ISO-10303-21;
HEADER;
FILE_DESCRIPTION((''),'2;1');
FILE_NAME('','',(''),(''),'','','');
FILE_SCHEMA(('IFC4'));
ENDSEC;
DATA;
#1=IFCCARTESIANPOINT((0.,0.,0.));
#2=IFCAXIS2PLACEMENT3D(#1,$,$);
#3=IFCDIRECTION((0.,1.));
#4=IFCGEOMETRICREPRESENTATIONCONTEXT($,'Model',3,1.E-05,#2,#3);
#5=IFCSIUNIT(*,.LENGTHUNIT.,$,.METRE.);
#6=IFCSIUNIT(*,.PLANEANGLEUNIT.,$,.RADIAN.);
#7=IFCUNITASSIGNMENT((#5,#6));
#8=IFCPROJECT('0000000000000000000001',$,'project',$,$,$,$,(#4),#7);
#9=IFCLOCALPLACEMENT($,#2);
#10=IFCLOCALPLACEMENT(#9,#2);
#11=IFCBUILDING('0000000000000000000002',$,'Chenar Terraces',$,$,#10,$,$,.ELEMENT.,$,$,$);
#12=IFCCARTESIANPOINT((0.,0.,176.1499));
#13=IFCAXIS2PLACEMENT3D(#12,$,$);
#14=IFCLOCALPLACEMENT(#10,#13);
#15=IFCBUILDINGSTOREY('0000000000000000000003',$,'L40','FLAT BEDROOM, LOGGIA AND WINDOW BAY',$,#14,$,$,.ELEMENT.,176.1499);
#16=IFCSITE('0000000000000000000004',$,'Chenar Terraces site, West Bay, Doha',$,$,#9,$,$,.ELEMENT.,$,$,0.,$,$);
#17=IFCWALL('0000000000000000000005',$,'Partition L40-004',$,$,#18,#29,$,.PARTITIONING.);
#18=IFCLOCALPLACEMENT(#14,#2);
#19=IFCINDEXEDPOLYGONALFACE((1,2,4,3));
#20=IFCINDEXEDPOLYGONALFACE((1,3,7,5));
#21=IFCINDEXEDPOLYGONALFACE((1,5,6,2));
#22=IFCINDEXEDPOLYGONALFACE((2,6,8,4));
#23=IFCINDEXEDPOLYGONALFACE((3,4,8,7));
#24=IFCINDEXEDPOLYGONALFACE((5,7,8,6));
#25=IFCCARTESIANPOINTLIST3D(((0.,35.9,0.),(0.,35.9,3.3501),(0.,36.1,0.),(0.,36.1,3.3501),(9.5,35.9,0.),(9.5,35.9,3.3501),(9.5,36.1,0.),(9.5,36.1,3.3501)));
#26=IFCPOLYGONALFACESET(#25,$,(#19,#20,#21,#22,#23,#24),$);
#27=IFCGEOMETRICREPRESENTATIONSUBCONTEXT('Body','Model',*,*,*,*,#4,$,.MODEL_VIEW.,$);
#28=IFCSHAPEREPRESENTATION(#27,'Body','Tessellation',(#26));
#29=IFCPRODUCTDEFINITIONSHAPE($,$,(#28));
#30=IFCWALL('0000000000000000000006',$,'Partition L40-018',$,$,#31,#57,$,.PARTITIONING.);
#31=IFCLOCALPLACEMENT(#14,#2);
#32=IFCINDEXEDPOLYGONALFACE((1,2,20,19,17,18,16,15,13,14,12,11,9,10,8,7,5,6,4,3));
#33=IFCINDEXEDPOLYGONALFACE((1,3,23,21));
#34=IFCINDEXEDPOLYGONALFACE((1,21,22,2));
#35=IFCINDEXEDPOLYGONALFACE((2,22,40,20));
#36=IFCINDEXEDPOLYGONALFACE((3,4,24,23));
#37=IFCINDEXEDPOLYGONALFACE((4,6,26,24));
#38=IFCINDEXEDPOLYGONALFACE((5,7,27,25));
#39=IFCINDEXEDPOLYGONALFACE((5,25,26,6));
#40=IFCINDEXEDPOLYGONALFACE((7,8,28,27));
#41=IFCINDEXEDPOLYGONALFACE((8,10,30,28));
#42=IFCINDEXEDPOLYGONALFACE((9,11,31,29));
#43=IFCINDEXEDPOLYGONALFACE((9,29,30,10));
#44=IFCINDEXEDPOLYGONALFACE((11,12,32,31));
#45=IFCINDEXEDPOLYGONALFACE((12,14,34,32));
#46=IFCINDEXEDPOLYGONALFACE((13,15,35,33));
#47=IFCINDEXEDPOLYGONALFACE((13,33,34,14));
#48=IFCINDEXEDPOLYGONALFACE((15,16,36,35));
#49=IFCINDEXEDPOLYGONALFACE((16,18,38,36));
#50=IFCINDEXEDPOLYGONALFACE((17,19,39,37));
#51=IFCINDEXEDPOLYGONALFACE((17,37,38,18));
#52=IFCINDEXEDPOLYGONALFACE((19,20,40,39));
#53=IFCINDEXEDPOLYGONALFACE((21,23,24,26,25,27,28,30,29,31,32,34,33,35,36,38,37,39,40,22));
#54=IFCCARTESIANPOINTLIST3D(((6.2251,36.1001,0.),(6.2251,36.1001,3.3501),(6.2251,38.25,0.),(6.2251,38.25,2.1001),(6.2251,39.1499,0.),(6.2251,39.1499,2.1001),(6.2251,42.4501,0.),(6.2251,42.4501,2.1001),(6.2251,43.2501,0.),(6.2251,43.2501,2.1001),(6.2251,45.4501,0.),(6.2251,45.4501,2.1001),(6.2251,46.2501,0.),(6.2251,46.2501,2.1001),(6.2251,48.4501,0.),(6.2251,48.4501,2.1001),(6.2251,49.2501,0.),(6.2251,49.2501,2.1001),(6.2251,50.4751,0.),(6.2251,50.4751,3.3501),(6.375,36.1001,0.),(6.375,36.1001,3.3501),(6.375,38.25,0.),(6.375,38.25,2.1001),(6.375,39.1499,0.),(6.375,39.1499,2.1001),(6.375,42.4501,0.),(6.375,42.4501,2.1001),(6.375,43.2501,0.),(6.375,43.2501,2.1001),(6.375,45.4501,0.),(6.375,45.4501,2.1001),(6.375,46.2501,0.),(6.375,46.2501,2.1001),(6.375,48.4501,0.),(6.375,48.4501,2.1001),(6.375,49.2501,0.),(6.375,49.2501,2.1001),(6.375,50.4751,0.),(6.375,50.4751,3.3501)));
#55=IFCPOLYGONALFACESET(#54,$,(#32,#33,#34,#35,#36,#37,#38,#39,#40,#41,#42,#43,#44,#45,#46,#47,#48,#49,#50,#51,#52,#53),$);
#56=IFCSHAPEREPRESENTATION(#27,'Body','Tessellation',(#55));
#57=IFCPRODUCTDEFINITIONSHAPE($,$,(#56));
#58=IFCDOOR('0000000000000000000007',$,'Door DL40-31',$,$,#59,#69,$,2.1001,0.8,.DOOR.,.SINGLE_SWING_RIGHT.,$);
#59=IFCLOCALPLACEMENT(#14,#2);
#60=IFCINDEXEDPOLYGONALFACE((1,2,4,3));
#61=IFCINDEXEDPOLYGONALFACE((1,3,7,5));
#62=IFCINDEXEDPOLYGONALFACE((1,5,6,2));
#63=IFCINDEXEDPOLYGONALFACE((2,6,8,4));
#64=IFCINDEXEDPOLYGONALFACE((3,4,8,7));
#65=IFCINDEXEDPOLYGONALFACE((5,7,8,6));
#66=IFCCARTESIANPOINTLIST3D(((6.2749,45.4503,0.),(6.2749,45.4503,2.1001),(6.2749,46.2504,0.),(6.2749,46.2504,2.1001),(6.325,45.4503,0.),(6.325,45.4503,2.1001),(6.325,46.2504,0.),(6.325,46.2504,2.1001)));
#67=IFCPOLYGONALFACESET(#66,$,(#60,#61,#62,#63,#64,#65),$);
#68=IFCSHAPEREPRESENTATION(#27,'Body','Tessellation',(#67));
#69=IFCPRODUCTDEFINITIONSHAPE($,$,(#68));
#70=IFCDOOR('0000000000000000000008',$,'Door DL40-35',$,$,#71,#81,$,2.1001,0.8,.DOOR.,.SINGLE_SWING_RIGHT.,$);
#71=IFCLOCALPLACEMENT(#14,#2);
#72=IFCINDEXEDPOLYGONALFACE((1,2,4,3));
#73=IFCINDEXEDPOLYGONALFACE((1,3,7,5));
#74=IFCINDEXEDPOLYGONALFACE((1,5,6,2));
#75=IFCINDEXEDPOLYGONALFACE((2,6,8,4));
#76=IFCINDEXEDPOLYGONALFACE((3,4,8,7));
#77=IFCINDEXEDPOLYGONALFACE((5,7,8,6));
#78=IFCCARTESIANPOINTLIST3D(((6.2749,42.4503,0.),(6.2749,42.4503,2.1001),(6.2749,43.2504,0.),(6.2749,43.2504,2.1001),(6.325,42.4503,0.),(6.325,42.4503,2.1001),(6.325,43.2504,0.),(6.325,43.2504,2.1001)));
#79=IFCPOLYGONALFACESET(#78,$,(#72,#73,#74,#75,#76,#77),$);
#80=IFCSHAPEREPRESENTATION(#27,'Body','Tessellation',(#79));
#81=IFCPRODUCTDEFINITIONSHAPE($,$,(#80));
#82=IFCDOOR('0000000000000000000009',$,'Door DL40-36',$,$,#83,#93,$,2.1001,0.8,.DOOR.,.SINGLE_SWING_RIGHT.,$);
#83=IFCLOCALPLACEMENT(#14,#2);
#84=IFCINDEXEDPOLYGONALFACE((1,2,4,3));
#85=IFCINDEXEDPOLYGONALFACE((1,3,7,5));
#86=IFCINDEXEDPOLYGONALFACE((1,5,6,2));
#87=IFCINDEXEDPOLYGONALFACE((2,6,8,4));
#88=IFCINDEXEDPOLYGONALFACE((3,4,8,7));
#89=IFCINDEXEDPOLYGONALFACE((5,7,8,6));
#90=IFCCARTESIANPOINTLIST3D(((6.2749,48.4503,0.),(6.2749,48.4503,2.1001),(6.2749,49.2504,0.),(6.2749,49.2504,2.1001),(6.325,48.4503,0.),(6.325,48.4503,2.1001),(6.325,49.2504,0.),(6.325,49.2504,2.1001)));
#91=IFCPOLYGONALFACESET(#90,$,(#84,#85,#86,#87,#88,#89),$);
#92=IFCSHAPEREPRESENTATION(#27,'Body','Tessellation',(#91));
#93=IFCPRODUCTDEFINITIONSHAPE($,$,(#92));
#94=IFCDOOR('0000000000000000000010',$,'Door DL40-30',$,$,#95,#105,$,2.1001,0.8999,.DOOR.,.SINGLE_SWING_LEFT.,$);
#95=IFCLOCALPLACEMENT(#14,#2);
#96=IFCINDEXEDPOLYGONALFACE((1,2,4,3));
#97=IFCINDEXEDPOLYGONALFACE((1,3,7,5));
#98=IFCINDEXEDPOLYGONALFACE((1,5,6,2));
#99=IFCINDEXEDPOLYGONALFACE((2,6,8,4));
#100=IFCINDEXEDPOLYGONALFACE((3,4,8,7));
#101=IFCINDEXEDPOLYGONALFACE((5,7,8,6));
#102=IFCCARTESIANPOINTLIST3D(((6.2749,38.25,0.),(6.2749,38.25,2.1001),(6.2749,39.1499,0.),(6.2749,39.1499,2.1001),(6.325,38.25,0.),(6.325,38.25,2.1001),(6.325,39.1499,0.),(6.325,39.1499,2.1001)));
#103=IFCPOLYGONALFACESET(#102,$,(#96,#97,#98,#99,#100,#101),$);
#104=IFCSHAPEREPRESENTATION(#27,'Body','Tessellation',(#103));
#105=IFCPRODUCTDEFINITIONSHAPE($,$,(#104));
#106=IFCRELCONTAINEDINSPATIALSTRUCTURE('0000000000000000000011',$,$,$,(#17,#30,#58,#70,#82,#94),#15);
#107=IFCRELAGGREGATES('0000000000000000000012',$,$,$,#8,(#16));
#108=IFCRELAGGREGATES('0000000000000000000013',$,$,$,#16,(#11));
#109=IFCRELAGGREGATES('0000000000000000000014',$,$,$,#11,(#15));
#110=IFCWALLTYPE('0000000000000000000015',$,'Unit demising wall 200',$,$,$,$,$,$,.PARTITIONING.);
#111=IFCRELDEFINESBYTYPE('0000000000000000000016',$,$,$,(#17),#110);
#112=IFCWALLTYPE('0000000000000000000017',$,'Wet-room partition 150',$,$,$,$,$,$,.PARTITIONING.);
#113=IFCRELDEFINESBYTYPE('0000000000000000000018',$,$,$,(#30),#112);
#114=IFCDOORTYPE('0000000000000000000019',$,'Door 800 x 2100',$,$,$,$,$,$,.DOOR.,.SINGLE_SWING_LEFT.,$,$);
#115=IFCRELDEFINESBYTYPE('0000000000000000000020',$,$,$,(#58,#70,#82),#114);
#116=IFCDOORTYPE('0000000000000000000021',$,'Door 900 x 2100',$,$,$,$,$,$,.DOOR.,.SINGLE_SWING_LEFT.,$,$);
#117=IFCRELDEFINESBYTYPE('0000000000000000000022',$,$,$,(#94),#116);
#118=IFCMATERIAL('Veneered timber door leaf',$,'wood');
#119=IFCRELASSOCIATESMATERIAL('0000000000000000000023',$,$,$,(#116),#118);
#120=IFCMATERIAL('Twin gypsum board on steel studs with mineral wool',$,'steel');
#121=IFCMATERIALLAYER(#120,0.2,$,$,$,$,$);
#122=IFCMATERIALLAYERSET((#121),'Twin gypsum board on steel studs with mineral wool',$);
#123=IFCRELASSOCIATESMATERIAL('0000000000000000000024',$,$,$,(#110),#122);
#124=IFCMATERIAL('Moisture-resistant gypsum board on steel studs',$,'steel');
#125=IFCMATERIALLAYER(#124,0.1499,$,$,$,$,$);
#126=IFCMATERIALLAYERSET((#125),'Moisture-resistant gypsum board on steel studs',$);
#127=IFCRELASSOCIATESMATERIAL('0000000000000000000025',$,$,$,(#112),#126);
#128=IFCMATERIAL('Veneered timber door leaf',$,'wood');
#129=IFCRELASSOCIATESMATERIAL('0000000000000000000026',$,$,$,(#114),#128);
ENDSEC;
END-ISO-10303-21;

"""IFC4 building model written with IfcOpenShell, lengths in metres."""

from ifc_helpers import new_model, si_unit, direction, frame, frame_2d, origin, place, context, subcontext, project, spatial, rectangle, extrude, material, layer, layer_set, type_object, element, fill, save


model = new_model("IFC4")

# Units and contexts
model_context = context("Model", 3, precision=1e-05, world=origin(), true_north=direction((0.0, 1.0)))
body_context = subcontext(model_context, "Body", "Model", "MODEL_VIEW")
ifc_project = project(units=[si_unit("LENGTHUNIT", "METRE"), si_unit("PLANEANGLEUNIT", "RADIAN")], contexts=[model_context])

# Site, building, storey
site_placement = place(None, origin())
site = spatial("IfcSite", under=ifc_project, at=site_placement, Name="Chenar Terraces site, West Bay, Doha", CompositionType="ELEMENT", RefElevation=0.0)
building_placement = place(site_placement, origin())
building = spatial("IfcBuilding", under=site, at=building_placement, Name="Chenar Terraces", CompositionType="ELEMENT")
storey_placement = place(building_placement, frame((0.0, 0.0, 176.1499)))
storey = spatial("IfcBuildingStorey", under=building, at=storey_placement, Name="L40", Description="FLAT BEDROOM, LOGGIA AND WINDOW BAY", CompositionType="ELEMENT", Elevation=176.1499)

# Shared definitions
placement = place(storey_placement, frame((0.0, 36.0, 0.0), z_axis=(0.0, 0.0, 1.0), x_axis=(1.0, 0.0, 0.0)))

# Shared definitions
ifc_material_1 = material(Name="Veneered timber door leaf", Category="wood")
door_type_1 = type_object("IfcDoorType", Name="Door 900 x 2100", OperationType="SINGLE_SWING_LEFT", PredefinedType="DOOR", material=ifc_material_1)

# Wall
ifc_material_2 = material(Name="Twin gypsum board on steel studs with mineral wool", Category="steel")
ifc_layer_1 = layer(ifc_material_2, 0.2)
ifc_layer_set_1 = layer_set([ifc_layer_1], Name="Twin gypsum board on steel studs with mineral wool")
wall_type_1 = type_object("IfcWallType", Name="Unit demising wall 200", PredefinedType="PARTITIONING", material=ifc_layer_set_1)
element("IfcWall", 1, at=placement, inside=storey, type_object=wall_type_1, Name="Partition L40-004", PredefinedType="PARTITIONING", context=body_context, shape_type="SweptSolid", body=[
    extrude(rectangle(XDim=9.5, YDim=0.2, at=frame_2d((4.75, 0.0))), origin(), (0.0, 0.0, 1.0), 3.3501),
])

# Wall, openings, doors
ifc_material_3 = material(Name="Moisture-resistant gypsum board on steel studs", Category="steel")
ifc_layer_2 = layer(ifc_material_3, 0.1499)
ifc_layer_set_2 = layer_set([ifc_layer_2], Name="Moisture-resistant gypsum board on steel studs")
wall_type_2 = type_object("IfcWallType", Name="Wet-room partition 150", PredefinedType="PARTITIONING", material=ifc_layer_set_2)
wall_1_placement = place(storey_placement, frame((6.3, 36.1001, 0.0), z_axis=(0.0, 0.0, 1.0), x_axis=(0.0, 1.0, 0.0)))
wall_1 = element("IfcWall", 2, at=wall_1_placement, inside=storey, type_object=wall_type_2, Name="Partition L40-018", PredefinedType="PARTITIONING", context=body_context, shape_type="SweptSolid", body=[
    extrude(rectangle(XDim=14.375, YDim=0.1499, at=frame_2d((7.1875, 0.0))), origin(), (0.0, 0.0, 1.0), 3.3501),
])
opening_1_placement = place(wall_1_placement, frame((2.1499, 0.0, 0.0)))
opening_1 = element("IfcOpeningElement", 3, at=opening_1_placement, cuts=wall_1, PredefinedType="OPENING", context=body_context, shape_type="SweptSolid", body=[
    extrude(rectangle(XDim=0.8999, YDim=2.1001, at=frame_2d((0.45, 1.05))), frame((0.0, 0.085, 0.0), z_axis=(0.0, -1.0, 0.0), x_axis=(1.0, 0.0, 0.0)), (0.0, 0.0, 1.0), 0.1699),
])
opening_2_placement = place(wall_1_placement, frame((9.3501, 0.0, 0.0)))
opening_2 = element("IfcOpeningElement", 4, at=opening_2_placement, cuts=wall_1, PredefinedType="OPENING", context=body_context, shape_type="SweptSolid", body=[
    extrude(rectangle(XDim=0.8, YDim=2.1001, at=frame_2d((0.3999, 1.05))), frame((0.0, 0.085, 0.0), z_axis=(0.0, -1.0, 0.0), x_axis=(1.0, 0.0, 0.0)), (0.0, 0.0, 1.0), 0.1699),
])
opening_3_placement = place(wall_1_placement, frame((6.3501, 0.0, 0.0)))
opening_3 = element("IfcOpeningElement", 5, at=opening_3_placement, cuts=wall_1, PredefinedType="OPENING", context=body_context, shape_type="SweptSolid", body=[
    extrude(rectangle(XDim=0.8, YDim=2.1001, at=frame_2d((0.3999, 1.05))), frame((0.0, 0.085, 0.0), z_axis=(0.0, -1.0, 0.0), x_axis=(1.0, 0.0, 0.0)), (0.0, 0.0, 1.0), 0.1699),
])
opening_4_placement = place(wall_1_placement, frame((12.3501, 0.0, 0.0)))
opening_4 = element("IfcOpeningElement", 6, at=opening_4_placement, cuts=wall_1, PredefinedType="OPENING", context=body_context, shape_type="SweptSolid", body=[
    extrude(rectangle(XDim=0.8, YDim=2.1001, at=frame_2d((0.3999, 1.05))), frame((0.0, 0.085, 0.0), z_axis=(0.0, -1.0, 0.0), x_axis=(1.0, 0.0, 0.0)), (0.0, 0.0, 1.0), 0.1699),
])
ifc_material_4 = material(Name="Veneered timber door leaf", Category="wood")
door_type_2 = type_object("IfcDoorType", Name="Door 800 x 2100", OperationType="SINGLE_SWING_LEFT", PredefinedType="DOOR", material=ifc_material_4)
door_1_placement = place(opening_2_placement, frame((0.8, 0.0, 0.0), z_axis=(0.0, 0.0, 1.0), x_axis=(-1.0, 0.0, 0.0)))
door_1 = element("IfcDoor", 7, at=door_1_placement, inside=storey, type_object=door_type_2, Name="Door DL40-31", OperationType="SINGLE_SWING_RIGHT", OverallHeight=2.1001, OverallWidth=0.8, PredefinedType="DOOR", context=body_context, shape_type="SweptSolid", body=[
    extrude(rectangle(XDim=0.8, YDim=2.1001, at=frame_2d((0.3999, 1.05))), frame((0.0, 0.0249, 0.0), z_axis=(0.0, -1.0, 0.0), x_axis=(1.0, 0.0, 0.0)), (0.0, 0.0, 1.0), 0.05),
])
fill(opening_2, door_1)
door_2_placement = place(opening_3_placement, frame((0.8, 0.0, 0.0), z_axis=(0.0, 0.0, 1.0), x_axis=(-1.0, 0.0, 0.0)))
door_2 = element("IfcDoor", 8, at=door_2_placement, inside=storey, type_object=door_type_2, Name="Door DL40-35", OperationType="SINGLE_SWING_RIGHT", OverallHeight=2.1001, OverallWidth=0.8, PredefinedType="DOOR", context=body_context, shape_type="SweptSolid", body=[
    extrude(rectangle(XDim=0.8, YDim=2.1001, at=frame_2d((0.3999, 1.05))), frame((0.0, 0.0249, 0.0), z_axis=(0.0, -1.0, 0.0), x_axis=(1.0, 0.0, 0.0)), (0.0, 0.0, 1.0), 0.05),
])
fill(opening_3, door_2)
door_3_placement = place(opening_4_placement, frame((0.8, 0.0, 0.0), z_axis=(0.0, 0.0, 1.0), x_axis=(-1.0, 0.0, 0.0)))
door_3 = element("IfcDoor", 9, at=door_3_placement, inside=storey, type_object=door_type_2, Name="Door DL40-36", OperationType="SINGLE_SWING_RIGHT", OverallHeight=2.1001, OverallWidth=0.8, PredefinedType="DOOR", context=body_context, shape_type="SweptSolid", body=[
    extrude(rectangle(XDim=0.8, YDim=2.1001, at=frame_2d((0.3999, 1.05))), frame((0.0, 0.0249, 0.0), z_axis=(0.0, -1.0, 0.0), x_axis=(1.0, 0.0, 0.0)), (0.0, 0.0, 1.0), 0.05),
])
fill(opening_4, door_3)
door_4_placement = place(opening_1_placement, frame((0.8999, 0.0, 0.0), z_axis=(0.0, 0.0, 1.0), x_axis=(-1.0, 0.0, 0.0)))
door_4 = element("IfcDoor", 10, at=door_4_placement, inside=storey, type_object=door_type_1, Name="Door DL40-30", OperationType="SINGLE_SWING_LEFT", OverallHeight=2.1001, OverallWidth=0.8999, PredefinedType="DOOR", context=body_context, shape_type="SweptSolid", body=[
    extrude(rectangle(XDim=0.8999, YDim=2.1001, at=frame_2d((0.45, 1.05))), frame((0.0, 0.0249, 0.0), z_axis=(0.0, -1.0, 0.0), x_axis=(1.0, 0.0, 0.0)), (0.0, 0.0, 1.0), 0.05),
])
fill(opening_1, door_4)

save(model, "model.ifc")
